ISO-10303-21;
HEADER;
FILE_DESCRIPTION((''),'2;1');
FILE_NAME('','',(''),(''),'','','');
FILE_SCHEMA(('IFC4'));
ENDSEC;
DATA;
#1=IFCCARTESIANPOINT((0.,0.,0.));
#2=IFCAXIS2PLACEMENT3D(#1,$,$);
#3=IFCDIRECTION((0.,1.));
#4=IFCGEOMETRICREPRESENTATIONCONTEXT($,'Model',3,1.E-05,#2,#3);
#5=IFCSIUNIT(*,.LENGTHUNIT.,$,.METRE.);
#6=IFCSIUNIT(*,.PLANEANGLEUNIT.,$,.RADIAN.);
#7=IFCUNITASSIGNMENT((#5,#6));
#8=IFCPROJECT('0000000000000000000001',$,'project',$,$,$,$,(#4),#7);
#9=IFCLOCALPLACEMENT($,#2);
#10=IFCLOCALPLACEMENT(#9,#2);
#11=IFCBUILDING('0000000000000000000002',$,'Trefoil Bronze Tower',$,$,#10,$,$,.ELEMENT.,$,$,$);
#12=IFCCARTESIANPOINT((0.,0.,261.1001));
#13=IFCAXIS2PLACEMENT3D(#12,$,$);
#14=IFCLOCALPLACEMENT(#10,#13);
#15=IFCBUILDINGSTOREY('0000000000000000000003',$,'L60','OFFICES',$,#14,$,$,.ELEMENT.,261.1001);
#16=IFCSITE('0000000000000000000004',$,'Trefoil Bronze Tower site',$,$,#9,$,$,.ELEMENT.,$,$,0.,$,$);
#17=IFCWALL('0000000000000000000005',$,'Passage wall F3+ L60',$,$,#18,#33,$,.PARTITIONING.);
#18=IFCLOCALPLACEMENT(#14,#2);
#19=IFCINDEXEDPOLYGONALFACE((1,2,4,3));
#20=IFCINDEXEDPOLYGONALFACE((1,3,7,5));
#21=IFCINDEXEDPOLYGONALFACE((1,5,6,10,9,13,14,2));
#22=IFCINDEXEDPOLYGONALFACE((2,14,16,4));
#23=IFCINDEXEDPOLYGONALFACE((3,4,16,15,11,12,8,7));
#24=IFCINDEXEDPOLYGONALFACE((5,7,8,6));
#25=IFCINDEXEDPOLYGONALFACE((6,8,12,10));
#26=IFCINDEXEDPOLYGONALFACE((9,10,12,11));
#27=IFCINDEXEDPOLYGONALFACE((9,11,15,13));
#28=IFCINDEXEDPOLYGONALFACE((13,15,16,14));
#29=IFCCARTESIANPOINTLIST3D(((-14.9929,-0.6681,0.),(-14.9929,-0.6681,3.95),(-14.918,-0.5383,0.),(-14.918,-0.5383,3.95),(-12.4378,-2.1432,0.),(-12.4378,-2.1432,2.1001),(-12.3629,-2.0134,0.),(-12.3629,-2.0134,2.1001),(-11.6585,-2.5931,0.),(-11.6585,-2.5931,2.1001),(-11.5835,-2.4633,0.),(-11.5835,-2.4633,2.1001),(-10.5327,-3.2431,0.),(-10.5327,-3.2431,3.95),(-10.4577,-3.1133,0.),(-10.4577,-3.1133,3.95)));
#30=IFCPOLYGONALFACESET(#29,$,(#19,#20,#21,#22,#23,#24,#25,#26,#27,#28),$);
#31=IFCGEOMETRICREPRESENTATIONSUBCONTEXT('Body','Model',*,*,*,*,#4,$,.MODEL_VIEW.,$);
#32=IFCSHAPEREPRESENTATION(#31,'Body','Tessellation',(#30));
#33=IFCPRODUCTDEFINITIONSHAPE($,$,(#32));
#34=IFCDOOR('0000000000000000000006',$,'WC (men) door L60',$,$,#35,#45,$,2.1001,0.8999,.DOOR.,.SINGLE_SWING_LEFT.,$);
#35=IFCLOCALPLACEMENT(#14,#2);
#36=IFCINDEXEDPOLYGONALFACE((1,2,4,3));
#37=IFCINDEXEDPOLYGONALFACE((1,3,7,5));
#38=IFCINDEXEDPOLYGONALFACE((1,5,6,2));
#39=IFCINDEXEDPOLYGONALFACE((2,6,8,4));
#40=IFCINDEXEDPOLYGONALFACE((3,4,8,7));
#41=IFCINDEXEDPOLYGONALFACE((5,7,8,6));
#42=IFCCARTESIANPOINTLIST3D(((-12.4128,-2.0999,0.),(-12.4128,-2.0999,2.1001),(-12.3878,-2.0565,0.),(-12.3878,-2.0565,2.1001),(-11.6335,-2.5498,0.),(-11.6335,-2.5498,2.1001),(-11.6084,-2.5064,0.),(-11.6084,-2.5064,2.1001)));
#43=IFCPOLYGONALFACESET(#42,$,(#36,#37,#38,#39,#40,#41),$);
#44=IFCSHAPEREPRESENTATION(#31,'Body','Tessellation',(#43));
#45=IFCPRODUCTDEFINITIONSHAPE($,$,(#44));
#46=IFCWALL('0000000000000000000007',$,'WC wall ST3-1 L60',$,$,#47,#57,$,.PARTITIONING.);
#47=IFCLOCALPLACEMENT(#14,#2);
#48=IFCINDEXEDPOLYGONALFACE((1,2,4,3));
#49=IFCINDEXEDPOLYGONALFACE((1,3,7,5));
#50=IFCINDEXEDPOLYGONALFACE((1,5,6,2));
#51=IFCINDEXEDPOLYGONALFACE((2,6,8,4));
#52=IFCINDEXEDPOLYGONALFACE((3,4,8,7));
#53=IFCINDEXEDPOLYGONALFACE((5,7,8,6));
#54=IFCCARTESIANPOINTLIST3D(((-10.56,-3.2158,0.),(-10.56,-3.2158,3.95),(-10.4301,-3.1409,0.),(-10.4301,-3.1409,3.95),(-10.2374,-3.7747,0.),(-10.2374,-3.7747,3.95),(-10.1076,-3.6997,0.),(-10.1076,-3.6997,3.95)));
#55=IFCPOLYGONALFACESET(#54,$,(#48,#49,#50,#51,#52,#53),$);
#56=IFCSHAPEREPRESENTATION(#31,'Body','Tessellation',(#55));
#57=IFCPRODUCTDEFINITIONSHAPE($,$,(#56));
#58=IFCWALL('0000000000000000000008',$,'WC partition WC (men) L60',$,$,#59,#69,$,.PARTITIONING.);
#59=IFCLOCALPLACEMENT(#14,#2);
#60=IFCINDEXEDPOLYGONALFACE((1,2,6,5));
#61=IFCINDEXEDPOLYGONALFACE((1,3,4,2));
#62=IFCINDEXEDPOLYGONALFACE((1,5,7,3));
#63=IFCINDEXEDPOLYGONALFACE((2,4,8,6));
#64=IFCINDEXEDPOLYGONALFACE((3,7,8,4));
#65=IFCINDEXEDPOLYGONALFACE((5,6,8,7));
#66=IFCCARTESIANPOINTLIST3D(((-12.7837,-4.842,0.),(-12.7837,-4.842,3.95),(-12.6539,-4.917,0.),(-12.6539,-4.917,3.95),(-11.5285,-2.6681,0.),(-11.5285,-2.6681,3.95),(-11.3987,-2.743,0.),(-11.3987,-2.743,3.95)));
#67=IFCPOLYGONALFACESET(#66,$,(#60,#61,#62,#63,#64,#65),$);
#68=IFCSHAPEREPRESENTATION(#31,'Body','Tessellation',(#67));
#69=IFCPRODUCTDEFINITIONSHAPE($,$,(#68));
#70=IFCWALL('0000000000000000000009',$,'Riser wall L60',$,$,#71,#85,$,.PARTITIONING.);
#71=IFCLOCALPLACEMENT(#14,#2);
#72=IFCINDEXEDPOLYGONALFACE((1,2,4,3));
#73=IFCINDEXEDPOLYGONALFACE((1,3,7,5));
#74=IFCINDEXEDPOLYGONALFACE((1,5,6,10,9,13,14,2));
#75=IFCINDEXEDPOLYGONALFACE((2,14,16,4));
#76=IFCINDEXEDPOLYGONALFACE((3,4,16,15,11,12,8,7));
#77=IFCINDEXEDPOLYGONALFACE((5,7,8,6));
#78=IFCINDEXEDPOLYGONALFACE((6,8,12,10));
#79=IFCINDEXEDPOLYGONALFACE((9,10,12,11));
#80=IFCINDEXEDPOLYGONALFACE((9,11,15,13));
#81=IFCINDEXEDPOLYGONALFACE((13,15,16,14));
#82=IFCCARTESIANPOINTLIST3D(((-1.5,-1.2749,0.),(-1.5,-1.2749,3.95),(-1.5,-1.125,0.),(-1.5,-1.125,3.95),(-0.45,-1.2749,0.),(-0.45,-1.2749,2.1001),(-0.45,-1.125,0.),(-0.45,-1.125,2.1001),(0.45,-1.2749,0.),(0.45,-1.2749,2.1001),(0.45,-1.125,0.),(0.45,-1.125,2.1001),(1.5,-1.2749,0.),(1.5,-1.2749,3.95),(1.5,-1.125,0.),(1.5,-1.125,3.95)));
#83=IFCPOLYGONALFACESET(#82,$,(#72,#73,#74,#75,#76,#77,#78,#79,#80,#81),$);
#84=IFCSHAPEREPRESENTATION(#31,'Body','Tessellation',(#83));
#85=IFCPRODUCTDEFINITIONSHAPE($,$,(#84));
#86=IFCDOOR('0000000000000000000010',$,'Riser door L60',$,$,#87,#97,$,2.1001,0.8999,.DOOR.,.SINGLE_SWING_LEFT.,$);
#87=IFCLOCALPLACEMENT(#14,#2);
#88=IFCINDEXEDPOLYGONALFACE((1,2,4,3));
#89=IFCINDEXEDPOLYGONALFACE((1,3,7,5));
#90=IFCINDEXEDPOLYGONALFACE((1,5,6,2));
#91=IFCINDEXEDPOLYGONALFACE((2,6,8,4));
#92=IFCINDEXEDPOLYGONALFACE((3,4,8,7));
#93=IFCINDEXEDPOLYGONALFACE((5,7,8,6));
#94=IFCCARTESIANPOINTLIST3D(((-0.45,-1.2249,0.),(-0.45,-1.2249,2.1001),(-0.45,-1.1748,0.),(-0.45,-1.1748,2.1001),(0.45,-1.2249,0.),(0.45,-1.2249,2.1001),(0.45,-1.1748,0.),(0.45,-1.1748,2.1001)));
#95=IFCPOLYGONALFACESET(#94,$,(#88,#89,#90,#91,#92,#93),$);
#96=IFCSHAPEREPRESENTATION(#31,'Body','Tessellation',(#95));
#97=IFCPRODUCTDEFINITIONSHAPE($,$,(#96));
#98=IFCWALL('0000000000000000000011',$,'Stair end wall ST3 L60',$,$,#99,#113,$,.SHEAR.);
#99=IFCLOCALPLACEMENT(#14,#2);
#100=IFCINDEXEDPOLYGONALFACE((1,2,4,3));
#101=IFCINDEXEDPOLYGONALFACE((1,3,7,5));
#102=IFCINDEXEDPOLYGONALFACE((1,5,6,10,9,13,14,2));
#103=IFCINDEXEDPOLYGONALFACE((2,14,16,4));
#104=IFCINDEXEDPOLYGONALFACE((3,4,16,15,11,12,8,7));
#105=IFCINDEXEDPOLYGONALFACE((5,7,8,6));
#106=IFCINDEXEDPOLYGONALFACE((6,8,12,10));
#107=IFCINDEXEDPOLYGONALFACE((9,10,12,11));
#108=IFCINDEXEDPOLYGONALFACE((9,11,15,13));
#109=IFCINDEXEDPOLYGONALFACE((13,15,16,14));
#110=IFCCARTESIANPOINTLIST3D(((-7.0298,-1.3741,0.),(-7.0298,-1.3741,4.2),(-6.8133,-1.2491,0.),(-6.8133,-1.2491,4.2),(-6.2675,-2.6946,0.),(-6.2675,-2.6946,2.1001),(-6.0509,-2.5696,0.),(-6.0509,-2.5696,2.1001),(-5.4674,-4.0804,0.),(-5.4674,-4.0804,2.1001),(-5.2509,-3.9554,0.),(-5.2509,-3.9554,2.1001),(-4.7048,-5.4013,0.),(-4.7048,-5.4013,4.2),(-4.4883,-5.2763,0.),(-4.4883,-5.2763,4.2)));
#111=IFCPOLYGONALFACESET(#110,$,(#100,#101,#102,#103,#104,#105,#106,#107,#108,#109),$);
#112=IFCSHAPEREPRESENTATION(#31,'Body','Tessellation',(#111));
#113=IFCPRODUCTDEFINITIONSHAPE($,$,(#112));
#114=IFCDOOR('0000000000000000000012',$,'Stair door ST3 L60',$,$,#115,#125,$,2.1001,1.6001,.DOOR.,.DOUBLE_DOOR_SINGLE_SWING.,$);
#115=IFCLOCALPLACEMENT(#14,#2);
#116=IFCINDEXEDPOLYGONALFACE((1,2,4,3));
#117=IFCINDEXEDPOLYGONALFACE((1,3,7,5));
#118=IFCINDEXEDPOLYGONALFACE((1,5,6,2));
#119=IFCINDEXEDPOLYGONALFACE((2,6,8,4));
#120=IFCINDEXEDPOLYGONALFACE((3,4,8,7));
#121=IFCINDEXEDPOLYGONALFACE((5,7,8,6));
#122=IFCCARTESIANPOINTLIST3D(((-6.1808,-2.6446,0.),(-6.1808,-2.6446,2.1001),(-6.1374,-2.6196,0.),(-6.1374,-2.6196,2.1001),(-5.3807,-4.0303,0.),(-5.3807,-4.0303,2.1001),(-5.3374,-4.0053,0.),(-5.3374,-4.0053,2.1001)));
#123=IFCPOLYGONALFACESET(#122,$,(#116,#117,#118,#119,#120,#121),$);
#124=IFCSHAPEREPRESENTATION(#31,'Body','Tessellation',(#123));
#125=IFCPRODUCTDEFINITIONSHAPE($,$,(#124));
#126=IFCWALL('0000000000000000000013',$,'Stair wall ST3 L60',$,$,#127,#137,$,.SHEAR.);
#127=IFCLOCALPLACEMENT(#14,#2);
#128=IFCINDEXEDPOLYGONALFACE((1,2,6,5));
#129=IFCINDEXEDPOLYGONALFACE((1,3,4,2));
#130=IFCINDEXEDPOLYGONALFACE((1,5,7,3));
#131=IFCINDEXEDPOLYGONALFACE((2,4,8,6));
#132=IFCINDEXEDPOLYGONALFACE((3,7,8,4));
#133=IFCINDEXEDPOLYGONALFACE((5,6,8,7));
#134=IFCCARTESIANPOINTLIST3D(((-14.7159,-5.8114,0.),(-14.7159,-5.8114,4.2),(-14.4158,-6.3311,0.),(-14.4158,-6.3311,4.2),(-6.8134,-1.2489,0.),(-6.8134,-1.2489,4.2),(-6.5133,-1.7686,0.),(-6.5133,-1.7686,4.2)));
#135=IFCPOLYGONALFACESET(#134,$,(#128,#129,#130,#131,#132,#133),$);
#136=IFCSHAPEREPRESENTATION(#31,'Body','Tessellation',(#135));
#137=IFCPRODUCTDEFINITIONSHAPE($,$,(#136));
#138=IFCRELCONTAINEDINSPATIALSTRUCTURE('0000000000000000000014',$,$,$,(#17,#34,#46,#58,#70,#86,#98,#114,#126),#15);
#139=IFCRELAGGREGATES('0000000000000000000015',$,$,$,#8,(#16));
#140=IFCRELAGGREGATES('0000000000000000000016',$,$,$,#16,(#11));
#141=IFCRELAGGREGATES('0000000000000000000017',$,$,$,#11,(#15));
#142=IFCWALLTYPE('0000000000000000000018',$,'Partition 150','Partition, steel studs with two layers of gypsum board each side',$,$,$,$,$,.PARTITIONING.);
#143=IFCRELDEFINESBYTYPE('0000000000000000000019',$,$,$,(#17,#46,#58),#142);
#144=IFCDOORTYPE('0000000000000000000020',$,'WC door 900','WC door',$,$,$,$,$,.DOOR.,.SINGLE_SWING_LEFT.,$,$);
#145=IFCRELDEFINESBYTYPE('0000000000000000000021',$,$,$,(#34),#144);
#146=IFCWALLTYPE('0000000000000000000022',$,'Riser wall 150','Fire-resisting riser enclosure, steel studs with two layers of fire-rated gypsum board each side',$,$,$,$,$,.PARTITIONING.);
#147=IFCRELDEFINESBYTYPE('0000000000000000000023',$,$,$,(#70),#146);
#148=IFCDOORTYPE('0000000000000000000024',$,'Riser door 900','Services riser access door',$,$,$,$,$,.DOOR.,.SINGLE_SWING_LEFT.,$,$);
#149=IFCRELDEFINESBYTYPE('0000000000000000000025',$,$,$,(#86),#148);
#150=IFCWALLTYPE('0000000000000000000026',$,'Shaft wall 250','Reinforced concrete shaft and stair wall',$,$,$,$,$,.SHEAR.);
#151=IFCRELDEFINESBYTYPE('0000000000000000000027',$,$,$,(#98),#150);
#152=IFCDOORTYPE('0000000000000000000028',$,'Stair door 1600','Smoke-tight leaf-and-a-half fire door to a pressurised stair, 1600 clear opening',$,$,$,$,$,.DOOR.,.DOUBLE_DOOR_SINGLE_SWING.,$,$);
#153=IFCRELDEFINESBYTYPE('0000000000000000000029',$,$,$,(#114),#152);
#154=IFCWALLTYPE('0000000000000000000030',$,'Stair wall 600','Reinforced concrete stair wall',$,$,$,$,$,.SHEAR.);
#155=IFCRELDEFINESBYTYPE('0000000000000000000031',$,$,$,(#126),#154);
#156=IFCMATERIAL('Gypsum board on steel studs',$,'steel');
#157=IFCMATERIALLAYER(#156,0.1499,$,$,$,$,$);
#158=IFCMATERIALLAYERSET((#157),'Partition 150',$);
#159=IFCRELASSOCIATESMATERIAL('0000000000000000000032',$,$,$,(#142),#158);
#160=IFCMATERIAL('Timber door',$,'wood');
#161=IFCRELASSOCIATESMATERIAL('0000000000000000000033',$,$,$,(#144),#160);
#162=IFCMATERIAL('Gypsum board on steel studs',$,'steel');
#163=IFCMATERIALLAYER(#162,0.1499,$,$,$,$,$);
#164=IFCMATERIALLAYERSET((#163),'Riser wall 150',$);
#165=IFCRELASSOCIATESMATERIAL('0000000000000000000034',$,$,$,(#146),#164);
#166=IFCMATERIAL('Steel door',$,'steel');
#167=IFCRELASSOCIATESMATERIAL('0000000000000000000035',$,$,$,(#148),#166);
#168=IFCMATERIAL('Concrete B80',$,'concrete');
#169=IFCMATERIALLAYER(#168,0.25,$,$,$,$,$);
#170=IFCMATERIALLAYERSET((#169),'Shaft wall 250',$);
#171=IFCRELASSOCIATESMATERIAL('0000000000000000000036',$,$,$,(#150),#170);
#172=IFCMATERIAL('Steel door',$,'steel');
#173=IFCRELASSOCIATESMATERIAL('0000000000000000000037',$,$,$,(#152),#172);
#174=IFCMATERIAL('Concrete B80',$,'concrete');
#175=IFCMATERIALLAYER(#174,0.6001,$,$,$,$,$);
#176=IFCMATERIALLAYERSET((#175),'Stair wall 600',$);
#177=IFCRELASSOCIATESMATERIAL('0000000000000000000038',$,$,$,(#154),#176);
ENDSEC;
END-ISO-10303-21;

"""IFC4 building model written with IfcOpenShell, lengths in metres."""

from ifc_helpers import new_model, si_unit, direction, frame, frame_2d, origin, place, context, subcontext, project, spatial, rectangle, extrude, material, layer, layer_set, type_object, element, fill, save


model = new_model("IFC4")

# Units and contexts
model_context = context("Model", 3, precision=1e-05, world=origin(), true_north=direction((0.0, 1.0)))
body_context = subcontext(model_context, "Body", "Model", "MODEL_VIEW")
ifc_project = project(units=[si_unit("LENGTHUNIT", "METRE"), si_unit("PLANEANGLEUNIT", "RADIAN")], contexts=[model_context])

# Site, building, storey
site_placement = place(None, origin())
site = spatial("IfcSite", under=ifc_project, at=site_placement, Name="Trefoil Bronze Tower site", CompositionType="ELEMENT", RefElevation=0.0)
building_placement = place(site_placement, origin())
building = spatial("IfcBuilding", under=site, at=building_placement, Name="Trefoil Bronze Tower", CompositionType="ELEMENT")
storey_placement = place(building_placement, frame((0.0, 0.0, 261.1001)))
storey = spatial("IfcBuildingStorey", under=building, at=storey_placement, Name="L60", Description="OFFICES", CompositionType="ELEMENT", Elevation=261.1001)

# Wall, opening, door
ifc_material_1 = material(Name="Gypsum board on steel studs", Category="steel")
ifc_layer_1 = layer(ifc_material_1, 0.1499)
ifc_layer_set_1 = layer_set([ifc_layer_1], Name="Partition 150")
wall_type_1 = type_object("IfcWallType", Name="Partition 150", Description="Partition, steel studs with two layers of gypsum board each side", PredefinedType="PARTITIONING", material=ifc_layer_set_1)
wall_1_placement = place(storey_placement, frame((-10.4951, -3.1782, 0.0), z_axis=(0.0, 0.0, 1.0), x_axis=(-0.866038, 0.499978, 0.0)))
wall_1 = element("IfcWall", 1, at=wall_1_placement, inside=storey, type_object=wall_type_1, Name="Passage wall F3+ L60", PredefinedType="PARTITIONING", context=body_context, shape_type="SweptSolid", body=[
    extrude(rectangle(XDim=5.1501, YDim=0.1499, at=frame_2d((2.5752, 0.0))), origin(), (0.0, 0.0, 1.0), 3.95),
])
opening_1_placement = place(wall_1_placement, frame((1.3, 0.0, 0.0)))
opening_1 = element("IfcOpeningElement", 2, at=opening_1_placement, cuts=wall_1, PredefinedType="OPENING", context=body_context, shape_type="SweptSolid", body=[
    extrude(rectangle(XDim=0.8999, YDim=2.1001, at=frame_2d((0.45, 1.05))), frame((0.0, 0.085, 0.0), z_axis=(0.0, -1.0, 0.0), x_axis=(1.0, 0.0, 0.0)), (0.0, 0.0, 1.0), 0.1699),
])
ifc_material_2 = material(Name="Timber door", Category="wood")
door_type_1 = type_object("IfcDoorType", Name="WC door 900", Description="WC door", OperationType="SINGLE_SWING_LEFT", PredefinedType="DOOR", material=ifc_material_2)
door_1_placement = place(opening_1_placement, origin())
door_1 = element("IfcDoor", 3, at=door_1_placement, inside=storey, type_object=door_type_1, Name="WC (men) door L60", OperationType="SINGLE_SWING_LEFT", OverallHeight=2.1001, OverallWidth=0.8999, PredefinedType="DOOR", context=body_context, shape_type="SweptSolid", body=[
    extrude(rectangle(XDim=0.8999, YDim=2.1001, at=frame_2d((0.45, 1.05))), frame((0.0, 0.0249, 0.0), z_axis=(0.0, -1.0, 0.0), x_axis=(1.0, 0.0, 0.0)), (0.0, 0.0, 1.0), 0.05),
])
fill(opening_1, door_1)

# Walls
wall_2_placement = place(storey_placement, frame((-10.4951, -3.1782, 0.0), z_axis=(0.0, 0.0, 1.0), x_axis=(0.499843, -0.866116, 0.0)))
element("IfcWall", 4, at=wall_2_placement, inside=storey, type_object=wall_type_1, Name="WC wall ST3-1 L60", PredefinedType="PARTITIONING", context=body_context, shape_type="SweptSolid", body=[
    extrude(rectangle(XDim=0.6453, YDim=0.1499, at=frame_2d((0.3228, 0.0))), origin(), (0.0, 0.0, 1.0), 3.95),
])
wall_3_placement = place(storey_placement, frame((-11.4636, -2.7056, 0.0), z_axis=(0.0, 0.0, 1.0), x_axis=(-0.50002, -0.866014, 0.0)))
element("IfcWall", 5, at=wall_3_placement, inside=storey, type_object=wall_type_1, Name="WC partition WC (men) L60", PredefinedType="PARTITIONING", context=body_context, shape_type="SweptSolid", body=[
    extrude(rectangle(XDim=2.5103, YDim=0.1499, at=frame_2d((1.2551, 0.0))), origin(), (0.0, 0.0, 1.0), 3.95),
])

# Walls, openings, doors
ifc_material_3 = material(Name="Gypsum board on steel studs", Category="steel")
ifc_layer_2 = layer(ifc_material_3, 0.1499)
ifc_layer_set_2 = layer_set([ifc_layer_2], Name="Riser wall 150")
wall_type_2 = type_object("IfcWallType", Name="Riser wall 150", Description="Fire-resisting riser enclosure, steel studs with two layers of fire-rated gypsum board each side", PredefinedType="PARTITIONING", material=ifc_layer_set_2)
wall_4_placement = place(storey_placement, frame((-1.5, -1.2, 0.0), z_axis=(0.0, 0.0, 1.0), x_axis=(1.0, 0.0, 0.0)))
wall_4 = element("IfcWall", 6, at=wall_4_placement, inside=storey, type_object=wall_type_2, Name="Riser wall L60", PredefinedType="PARTITIONING", context=body_context, shape_type="SweptSolid", body=[
    extrude(rectangle(XDim=3.0, YDim=0.1499, at=frame_2d((1.5, 0.0))), origin(), (0.0, 0.0, 1.0), 3.95),
])
opening_2_placement = place(wall_4_placement, frame((1.05, 0.0, 0.0)))
opening_2 = element("IfcOpeningElement", 7, at=opening_2_placement, cuts=wall_4, PredefinedType="OPENING", context=body_context, shape_type="SweptSolid", body=[
    extrude(rectangle(XDim=0.8999, YDim=2.1001, at=frame_2d((0.45, 1.05))), frame((0.0, 0.085, 0.0), z_axis=(0.0, -1.0, 0.0), x_axis=(1.0, 0.0, 0.0)), (0.0, 0.0, 1.0), 0.1699),
])
ifc_material_4 = material(Name="Steel door", Category="steel")
door_type_2 = type_object("IfcDoorType", Name="Riser door 900", Description="Services riser access door", OperationType="SINGLE_SWING_LEFT", PredefinedType="DOOR", material=ifc_material_4)
door_2_placement = place(opening_2_placement, frame((0.8999, 0.0, 0.0), z_axis=(0.0, 0.0, 1.0), x_axis=(-1.0, 0.0, 0.0)))
door_2 = element("IfcDoor", 8, at=door_2_placement, inside=storey, type_object=door_type_2, Name="Riser door L60", OperationType="SINGLE_SWING_LEFT", OverallHeight=2.1001, OverallWidth=0.8999, PredefinedType="DOOR", context=body_context, shape_type="SweptSolid", body=[
    extrude(rectangle(XDim=0.8999, YDim=2.1001, at=frame_2d((0.45, 1.05))), frame((0.0, 0.0249, 0.0), z_axis=(0.0, -1.0, 0.0), x_axis=(1.0, 0.0, 0.0)), (0.0, 0.0, 1.0), 0.05),
])
fill(opening_2, door_2)
ifc_material_5 = material(Name="Concrete B80", Category="concrete")
ifc_layer_3 = layer(ifc_material_5, 0.25)
ifc_layer_set_3 = layer_set([ifc_layer_3], Name="Shaft wall 250")
wall_type_3 = type_object("IfcWallType", Name="Shaft wall 250", Description="Reinforced concrete shaft and stair wall", PredefinedType="SHEAR", material=ifc_layer_set_3)
wall_5_placement = place(storey_placement, frame((-6.9216, -1.3115, 0.0), z_axis=(0.0, 0.0, 1.0), x_axis=(0.499985, -0.866034, 0.0)))
wall_5 = element("IfcWall", 9, at=wall_5_placement, inside=storey, type_object=wall_type_3, Name="Stair end wall ST3 L60", PredefinedType="SHEAR", context=body_context, shape_type="SweptSolid", body=[
    extrude(rectangle(XDim=4.6501, YDim=0.25, at=frame_2d((2.3252, 0.0))), origin(), (0.0, 0.0, 1.0), 4.2),
])
opening_3_placement = place(wall_5_placement, frame((1.5249, 0.0, 0.0)))
opening_3 = element("IfcOpeningElement", 10, at=opening_3_placement, cuts=wall_5, PredefinedType="OPENING", context=body_context, shape_type="SweptSolid", body=[
    extrude(rectangle(XDim=1.6001, YDim=2.1001, at=frame_2d((0.8, 1.05))), frame((0.0, 0.135, 0.0), z_axis=(0.0, -1.0, 0.0), x_axis=(1.0, 0.0, 0.0)), (0.0, 0.0, 1.0), 0.27),
])
ifc_material_6 = material(Name="Steel door", Category="steel")
door_type_3 = type_object("IfcDoorType", Name="Stair door 1600", Description="Smoke-tight leaf-and-a-half fire door to a pressurised stair, 1600 clear opening", OperationType="DOUBLE_DOOR_SINGLE_SWING", PredefinedType="DOOR", material=ifc_material_6)
door_3_placement = place(opening_3_placement, frame((1.6001, 0.0, 0.0), z_axis=(0.0, 0.0, 1.0), x_axis=(-1.0, 0.0, 0.0)))
door_3 = element("IfcDoor", 11, at=door_3_placement, inside=storey, type_object=door_type_3, Name="Stair door ST3 L60", OperationType="DOUBLE_DOOR_SINGLE_SWING", OverallHeight=2.1001, OverallWidth=1.6001, PredefinedType="DOOR", context=body_context, shape_type="SweptSolid", body=[
    extrude(rectangle(XDim=1.6001, YDim=2.1001, at=frame_2d((0.8, 1.05))), frame((0.0, 0.0249, 0.0), z_axis=(0.0, -1.0, 0.0), x_axis=(1.0, 0.0, 0.0)), (0.0, 0.0, 1.0), 0.05),
])
fill(opening_3, door_3)

# Wall
ifc_material_7 = material(Name="Concrete B80", Category="concrete")
ifc_layer_4 = layer(ifc_material_7, 0.6001)
ifc_layer_set_4 = layer_set([ifc_layer_4], Name="Stair wall 600")
wall_type_4 = type_object("IfcWallType", Name="Stair wall 600", Description="Reinforced concrete stair wall", PredefinedType="SHEAR", material=ifc_layer_set_4)
wall_6_placement = place(storey_placement, frame((-6.6633, -1.5088, 0.0), z_axis=(0.0, 0.0, 1.0), x_axis=(-0.866028, -0.499995, 0.0)))
element("IfcWall", 12, at=wall_6_placement, inside=storey, type_object=wall_type_4, Name="Stair wall ST3 L60", PredefinedType="SHEAR", context=body_context, shape_type="SweptSolid", body=[
    extrude(rectangle(XDim=9.125, YDim=0.6001, at=frame_2d((4.5625, 0.0))), origin(), (0.0, 0.0, 1.0), 4.2),
])

save(model, "model.ifc")
